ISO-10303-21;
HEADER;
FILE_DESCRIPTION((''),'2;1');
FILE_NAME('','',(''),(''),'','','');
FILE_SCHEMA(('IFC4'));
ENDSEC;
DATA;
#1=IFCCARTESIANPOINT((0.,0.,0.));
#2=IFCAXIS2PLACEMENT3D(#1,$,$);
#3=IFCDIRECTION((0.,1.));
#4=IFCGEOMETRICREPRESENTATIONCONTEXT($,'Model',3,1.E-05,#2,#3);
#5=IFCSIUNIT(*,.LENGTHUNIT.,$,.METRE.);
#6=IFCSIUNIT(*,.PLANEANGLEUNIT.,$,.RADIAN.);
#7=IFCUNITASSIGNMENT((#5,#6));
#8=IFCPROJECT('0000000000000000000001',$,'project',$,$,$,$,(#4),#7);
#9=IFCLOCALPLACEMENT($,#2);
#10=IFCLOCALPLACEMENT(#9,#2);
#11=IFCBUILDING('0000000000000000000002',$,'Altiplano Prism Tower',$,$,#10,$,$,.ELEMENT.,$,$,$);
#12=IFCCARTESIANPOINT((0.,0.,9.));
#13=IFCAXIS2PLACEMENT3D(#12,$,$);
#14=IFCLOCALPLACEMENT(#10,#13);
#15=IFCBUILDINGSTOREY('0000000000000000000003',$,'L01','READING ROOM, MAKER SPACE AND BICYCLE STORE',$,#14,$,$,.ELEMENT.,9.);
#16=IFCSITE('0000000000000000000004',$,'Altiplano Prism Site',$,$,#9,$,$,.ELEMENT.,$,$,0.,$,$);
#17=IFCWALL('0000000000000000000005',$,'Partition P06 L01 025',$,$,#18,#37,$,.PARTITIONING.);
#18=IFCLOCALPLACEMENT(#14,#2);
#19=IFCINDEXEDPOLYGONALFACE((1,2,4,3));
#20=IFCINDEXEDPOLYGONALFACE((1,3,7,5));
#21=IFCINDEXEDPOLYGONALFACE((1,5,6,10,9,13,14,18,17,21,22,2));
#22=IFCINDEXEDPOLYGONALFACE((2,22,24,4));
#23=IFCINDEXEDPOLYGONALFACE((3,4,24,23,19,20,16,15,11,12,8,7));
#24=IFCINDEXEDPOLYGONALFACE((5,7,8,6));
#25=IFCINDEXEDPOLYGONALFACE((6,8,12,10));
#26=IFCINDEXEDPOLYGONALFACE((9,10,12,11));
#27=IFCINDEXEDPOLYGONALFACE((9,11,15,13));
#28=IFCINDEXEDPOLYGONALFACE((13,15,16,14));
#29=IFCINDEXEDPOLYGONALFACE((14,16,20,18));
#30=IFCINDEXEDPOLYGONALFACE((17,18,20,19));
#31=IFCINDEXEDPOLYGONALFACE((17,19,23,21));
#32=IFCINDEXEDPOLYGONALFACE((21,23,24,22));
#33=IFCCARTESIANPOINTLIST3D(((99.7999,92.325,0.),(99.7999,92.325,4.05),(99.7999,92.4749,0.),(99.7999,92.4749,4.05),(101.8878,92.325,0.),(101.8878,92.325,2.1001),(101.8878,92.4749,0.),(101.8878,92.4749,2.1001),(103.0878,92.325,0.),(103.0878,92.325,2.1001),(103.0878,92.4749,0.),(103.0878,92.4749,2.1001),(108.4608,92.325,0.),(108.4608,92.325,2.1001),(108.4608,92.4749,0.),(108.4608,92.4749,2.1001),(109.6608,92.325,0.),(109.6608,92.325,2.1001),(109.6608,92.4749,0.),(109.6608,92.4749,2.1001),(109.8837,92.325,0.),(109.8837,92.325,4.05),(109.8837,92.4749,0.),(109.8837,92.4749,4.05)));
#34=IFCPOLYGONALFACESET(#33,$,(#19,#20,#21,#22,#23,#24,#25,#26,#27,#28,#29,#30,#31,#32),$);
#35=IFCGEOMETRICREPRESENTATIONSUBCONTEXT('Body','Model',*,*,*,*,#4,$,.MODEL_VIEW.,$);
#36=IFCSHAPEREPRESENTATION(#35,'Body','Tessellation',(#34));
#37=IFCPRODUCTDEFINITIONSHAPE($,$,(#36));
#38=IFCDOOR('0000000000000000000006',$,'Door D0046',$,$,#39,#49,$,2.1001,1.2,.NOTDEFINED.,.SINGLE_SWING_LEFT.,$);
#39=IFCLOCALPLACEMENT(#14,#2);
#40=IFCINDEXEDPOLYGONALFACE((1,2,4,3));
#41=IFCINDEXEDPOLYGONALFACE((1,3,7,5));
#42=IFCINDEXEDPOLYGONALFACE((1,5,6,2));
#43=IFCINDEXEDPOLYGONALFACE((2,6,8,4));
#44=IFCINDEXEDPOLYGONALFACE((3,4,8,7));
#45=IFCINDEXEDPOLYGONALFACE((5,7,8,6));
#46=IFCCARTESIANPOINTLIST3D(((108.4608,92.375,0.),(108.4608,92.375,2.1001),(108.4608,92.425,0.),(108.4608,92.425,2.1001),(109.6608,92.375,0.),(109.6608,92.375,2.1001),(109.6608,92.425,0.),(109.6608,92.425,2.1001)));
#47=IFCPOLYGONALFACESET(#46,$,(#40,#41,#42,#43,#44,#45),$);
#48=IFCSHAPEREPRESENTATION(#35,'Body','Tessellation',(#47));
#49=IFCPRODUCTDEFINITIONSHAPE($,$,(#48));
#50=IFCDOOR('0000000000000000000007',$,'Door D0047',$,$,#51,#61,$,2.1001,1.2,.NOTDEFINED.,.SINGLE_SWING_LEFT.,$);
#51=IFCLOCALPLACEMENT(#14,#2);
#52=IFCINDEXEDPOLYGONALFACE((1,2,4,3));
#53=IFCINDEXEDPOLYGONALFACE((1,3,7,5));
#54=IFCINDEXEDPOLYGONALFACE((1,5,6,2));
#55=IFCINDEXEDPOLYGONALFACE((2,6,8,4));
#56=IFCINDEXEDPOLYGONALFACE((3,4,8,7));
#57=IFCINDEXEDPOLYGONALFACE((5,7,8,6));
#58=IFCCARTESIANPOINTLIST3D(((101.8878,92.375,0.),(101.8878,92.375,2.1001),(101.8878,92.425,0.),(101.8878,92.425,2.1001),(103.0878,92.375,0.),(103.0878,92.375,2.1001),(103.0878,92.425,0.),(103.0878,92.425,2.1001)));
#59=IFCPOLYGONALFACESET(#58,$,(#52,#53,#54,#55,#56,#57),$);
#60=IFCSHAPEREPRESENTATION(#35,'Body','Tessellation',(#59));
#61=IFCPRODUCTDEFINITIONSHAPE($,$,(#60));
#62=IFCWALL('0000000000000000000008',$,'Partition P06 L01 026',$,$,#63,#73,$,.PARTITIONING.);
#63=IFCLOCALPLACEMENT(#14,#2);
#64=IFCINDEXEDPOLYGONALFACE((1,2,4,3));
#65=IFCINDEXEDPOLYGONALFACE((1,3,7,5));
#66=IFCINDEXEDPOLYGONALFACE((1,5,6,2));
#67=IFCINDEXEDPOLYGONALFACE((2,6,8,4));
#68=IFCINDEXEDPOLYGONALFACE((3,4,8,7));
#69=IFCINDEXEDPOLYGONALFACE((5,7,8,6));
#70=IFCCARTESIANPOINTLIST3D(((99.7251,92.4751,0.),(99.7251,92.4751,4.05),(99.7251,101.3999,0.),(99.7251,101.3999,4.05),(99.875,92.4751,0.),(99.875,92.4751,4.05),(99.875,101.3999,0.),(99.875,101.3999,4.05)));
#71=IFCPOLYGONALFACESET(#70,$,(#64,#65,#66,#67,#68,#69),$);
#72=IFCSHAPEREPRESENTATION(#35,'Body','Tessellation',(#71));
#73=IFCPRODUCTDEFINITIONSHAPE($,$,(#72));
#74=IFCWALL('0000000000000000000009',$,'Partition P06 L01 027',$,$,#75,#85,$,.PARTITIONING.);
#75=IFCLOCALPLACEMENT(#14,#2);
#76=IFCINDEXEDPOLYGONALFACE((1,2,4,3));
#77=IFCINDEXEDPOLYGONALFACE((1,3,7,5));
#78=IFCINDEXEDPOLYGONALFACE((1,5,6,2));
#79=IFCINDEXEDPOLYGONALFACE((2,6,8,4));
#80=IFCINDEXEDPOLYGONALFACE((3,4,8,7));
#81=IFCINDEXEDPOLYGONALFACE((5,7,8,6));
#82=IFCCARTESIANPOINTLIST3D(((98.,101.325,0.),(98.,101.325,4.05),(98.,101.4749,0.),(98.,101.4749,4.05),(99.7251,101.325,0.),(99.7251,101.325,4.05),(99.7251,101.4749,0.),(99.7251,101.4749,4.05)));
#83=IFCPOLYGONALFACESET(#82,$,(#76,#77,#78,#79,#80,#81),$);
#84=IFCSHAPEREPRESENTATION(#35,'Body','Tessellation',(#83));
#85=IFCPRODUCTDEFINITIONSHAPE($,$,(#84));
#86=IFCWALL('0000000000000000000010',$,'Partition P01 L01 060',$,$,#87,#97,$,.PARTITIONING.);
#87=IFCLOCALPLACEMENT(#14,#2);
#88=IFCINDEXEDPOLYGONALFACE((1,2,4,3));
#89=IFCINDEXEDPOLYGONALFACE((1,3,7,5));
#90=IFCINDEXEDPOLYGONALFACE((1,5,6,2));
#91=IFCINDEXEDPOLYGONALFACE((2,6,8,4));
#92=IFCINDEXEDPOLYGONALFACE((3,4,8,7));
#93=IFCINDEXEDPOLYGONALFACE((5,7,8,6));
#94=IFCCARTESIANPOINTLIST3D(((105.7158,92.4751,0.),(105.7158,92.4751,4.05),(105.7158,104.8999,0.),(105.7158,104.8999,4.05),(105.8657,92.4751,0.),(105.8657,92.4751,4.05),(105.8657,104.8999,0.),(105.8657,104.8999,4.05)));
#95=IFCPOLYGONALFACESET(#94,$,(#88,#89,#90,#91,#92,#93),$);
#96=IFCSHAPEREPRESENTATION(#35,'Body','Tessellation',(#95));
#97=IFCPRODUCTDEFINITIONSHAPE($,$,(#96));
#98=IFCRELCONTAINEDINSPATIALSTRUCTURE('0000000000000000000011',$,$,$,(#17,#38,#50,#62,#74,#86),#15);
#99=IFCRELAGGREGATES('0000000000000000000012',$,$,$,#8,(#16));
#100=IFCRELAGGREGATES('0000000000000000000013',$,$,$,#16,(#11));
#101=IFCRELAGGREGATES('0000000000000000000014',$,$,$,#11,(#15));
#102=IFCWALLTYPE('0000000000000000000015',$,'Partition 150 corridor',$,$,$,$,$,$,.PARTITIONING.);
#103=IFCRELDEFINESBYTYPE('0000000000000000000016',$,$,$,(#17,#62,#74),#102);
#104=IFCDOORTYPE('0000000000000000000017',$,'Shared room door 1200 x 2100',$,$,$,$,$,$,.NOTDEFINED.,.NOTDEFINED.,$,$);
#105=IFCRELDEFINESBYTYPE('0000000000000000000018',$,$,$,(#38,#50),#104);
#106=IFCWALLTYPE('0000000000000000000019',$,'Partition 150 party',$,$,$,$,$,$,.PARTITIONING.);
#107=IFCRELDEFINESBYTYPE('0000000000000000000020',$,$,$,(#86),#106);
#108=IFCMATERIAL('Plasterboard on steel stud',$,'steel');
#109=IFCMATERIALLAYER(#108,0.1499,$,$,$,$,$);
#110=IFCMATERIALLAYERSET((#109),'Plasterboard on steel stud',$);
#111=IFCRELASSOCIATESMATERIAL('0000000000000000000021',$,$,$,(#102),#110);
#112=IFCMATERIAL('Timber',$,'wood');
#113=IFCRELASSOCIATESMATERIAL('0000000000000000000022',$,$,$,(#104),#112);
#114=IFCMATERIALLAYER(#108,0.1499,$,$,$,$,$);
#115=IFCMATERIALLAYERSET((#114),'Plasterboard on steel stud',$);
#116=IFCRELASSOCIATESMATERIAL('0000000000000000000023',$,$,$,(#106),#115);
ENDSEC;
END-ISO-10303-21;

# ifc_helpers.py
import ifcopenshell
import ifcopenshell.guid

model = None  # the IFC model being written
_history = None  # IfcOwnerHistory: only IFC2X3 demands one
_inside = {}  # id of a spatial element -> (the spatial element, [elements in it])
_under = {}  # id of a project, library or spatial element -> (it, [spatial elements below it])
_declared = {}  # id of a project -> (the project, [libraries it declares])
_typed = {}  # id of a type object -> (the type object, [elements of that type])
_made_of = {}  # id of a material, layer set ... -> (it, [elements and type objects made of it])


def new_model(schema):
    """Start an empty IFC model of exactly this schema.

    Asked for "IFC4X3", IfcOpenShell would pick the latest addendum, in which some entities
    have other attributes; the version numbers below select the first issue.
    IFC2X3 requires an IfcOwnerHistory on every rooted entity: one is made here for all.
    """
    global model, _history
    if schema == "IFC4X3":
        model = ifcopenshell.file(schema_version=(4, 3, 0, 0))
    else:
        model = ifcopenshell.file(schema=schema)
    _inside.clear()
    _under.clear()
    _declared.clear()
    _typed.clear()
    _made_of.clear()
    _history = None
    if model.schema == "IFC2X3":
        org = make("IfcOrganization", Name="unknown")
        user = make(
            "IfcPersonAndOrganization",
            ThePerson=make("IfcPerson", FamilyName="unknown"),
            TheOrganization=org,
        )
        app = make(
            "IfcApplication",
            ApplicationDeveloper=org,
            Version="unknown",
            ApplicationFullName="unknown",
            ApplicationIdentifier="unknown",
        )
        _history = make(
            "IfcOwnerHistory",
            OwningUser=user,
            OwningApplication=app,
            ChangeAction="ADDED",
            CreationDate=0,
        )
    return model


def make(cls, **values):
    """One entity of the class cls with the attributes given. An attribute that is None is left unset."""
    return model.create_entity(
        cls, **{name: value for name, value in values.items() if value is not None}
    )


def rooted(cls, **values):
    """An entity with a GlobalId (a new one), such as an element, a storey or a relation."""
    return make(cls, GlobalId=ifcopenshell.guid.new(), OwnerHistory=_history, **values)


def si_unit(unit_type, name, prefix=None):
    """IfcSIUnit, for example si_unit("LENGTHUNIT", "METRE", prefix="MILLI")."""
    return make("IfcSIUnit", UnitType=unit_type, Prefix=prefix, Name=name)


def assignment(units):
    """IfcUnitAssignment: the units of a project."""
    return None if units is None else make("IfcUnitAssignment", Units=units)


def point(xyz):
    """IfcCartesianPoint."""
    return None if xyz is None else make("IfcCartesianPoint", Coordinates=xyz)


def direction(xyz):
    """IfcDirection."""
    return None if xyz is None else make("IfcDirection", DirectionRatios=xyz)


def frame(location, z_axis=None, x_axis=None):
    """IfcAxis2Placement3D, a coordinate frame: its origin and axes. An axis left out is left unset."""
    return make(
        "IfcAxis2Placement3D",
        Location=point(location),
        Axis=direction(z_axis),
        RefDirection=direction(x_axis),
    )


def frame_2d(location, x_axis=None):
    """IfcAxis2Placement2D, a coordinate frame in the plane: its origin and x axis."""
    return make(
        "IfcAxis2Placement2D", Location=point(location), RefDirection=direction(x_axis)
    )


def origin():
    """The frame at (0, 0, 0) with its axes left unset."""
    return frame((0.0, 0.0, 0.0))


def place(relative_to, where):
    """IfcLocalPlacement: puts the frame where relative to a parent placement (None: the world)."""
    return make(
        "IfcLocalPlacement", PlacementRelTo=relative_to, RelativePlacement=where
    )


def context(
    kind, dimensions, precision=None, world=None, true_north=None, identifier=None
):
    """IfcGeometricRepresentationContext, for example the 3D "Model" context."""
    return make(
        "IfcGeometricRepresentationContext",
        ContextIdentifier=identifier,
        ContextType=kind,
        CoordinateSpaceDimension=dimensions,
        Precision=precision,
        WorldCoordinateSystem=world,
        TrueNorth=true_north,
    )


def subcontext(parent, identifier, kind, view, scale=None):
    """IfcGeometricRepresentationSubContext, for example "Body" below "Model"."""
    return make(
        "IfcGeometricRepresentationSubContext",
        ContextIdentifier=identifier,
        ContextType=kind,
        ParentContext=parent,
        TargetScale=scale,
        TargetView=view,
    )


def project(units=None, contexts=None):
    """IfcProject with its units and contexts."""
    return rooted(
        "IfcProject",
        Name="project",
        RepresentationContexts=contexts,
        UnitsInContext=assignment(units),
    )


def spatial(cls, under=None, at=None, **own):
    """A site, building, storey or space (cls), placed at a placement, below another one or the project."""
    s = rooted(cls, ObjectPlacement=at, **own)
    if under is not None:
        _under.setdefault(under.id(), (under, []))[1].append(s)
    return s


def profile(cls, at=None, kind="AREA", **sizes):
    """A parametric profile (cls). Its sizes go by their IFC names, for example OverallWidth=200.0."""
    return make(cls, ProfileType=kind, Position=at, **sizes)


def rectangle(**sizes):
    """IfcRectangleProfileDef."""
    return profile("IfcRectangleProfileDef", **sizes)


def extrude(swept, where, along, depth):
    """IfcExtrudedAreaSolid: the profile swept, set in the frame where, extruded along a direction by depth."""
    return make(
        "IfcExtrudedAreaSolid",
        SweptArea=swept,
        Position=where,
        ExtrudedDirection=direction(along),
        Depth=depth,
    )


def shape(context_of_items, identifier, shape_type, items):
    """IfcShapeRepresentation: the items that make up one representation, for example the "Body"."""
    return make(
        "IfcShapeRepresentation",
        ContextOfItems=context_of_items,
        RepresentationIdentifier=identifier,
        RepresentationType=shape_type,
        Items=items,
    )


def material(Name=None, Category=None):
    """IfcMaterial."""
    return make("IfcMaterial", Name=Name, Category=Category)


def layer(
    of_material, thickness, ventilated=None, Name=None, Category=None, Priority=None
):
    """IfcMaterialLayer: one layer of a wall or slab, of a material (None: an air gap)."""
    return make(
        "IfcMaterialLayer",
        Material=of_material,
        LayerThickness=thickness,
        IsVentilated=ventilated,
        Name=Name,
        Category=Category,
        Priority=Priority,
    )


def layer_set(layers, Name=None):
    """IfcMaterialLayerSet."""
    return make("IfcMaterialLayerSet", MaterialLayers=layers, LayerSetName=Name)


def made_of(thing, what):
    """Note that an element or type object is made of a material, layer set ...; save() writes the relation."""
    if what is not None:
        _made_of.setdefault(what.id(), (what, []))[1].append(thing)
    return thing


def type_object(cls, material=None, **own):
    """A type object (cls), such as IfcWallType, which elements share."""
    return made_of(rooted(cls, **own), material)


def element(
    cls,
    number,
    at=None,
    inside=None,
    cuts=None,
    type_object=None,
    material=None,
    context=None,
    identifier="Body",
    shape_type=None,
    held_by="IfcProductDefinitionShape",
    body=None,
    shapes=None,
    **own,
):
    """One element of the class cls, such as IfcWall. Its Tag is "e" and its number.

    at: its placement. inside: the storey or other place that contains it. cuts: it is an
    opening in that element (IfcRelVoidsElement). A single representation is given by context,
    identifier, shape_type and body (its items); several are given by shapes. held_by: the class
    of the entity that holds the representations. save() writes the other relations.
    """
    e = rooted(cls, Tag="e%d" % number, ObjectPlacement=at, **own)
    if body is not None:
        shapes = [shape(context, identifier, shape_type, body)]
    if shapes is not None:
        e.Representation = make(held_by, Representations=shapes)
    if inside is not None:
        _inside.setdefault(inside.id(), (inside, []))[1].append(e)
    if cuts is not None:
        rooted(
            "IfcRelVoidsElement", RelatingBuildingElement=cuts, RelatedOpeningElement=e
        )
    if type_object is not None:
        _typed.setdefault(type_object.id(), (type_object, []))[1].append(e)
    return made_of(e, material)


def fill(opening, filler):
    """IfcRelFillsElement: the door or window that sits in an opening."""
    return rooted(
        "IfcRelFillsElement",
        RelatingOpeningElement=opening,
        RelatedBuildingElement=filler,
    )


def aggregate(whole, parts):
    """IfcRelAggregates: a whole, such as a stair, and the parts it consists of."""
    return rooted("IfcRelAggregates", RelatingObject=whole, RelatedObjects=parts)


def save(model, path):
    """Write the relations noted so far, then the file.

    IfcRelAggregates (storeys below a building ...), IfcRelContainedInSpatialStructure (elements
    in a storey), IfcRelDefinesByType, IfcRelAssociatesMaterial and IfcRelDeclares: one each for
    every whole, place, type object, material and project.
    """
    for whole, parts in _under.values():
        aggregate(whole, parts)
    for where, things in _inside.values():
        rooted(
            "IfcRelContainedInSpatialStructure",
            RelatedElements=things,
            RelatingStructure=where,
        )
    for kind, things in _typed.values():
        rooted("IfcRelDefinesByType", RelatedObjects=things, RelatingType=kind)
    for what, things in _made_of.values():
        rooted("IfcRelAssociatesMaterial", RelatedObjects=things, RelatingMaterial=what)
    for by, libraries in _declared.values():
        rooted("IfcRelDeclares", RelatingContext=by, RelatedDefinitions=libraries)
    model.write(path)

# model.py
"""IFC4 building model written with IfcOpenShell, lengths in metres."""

from ifc_helpers import new_model, si_unit, direction, frame, frame_2d, origin, place, context, subcontext, project, spatial, rectangle, extrude, material, layer, layer_set, type_object, element, fill, save


model = new_model("IFC4")

# Units and contexts
model_context = context("Model", 3, precision=1e-05, world=origin(), true_north=direction((0.0, 1.0)))
body_context = subcontext(model_context, "Body", "Model", "MODEL_VIEW")
ifc_project = project(units=[si_unit("LENGTHUNIT", "METRE"), si_unit("PLANEANGLEUNIT", "RADIAN")], contexts=[model_context])

# Site, building, storey
site_placement = place(None, origin())
site = spatial("IfcSite", under=ifc_project, at=site_placement, Name="Altiplano Prism Site", CompositionType="ELEMENT", RefElevation=0.0)
building_placement = place(site_placement, origin())
building = spatial("IfcBuilding", under=site, at=building_placement, Name="Altiplano Prism Tower", CompositionType="ELEMENT")
storey_placement = place(building_placement, frame((0.0, 0.0, 9.0)))
storey = spatial("IfcBuildingStorey", under=building, at=storey_placement, Name="L01", Description="READING ROOM, MAKER SPACE AND BICYCLE STORE", CompositionType="ELEMENT", Elevation=9.0)

# Shared definitions
ifc_material_1 = material(Name="Plasterboard on steel stud", Category="steel")
ifc_layer_1 = layer(ifc_material_1, 0.1499)
ifc_layer_set_1 = layer_set([ifc_layer_1], Name="Plasterboard on steel stud")
wall_type_1 = type_object("IfcWallType", Name="Partition 150 corridor", PredefinedType="PARTITIONING", material=ifc_layer_set_1)
ifc_material_2 = material(Name="Timber", Category="wood")
door_type_1 = type_object("IfcDoorType", Name="Shared room door 1200 x 2100", OperationType="NOTDEFINED", PredefinedType="NOTDEFINED", material=ifc_material_2)

# Wall, openings, doors
wall_1_placement = place(storey_placement, frame((109.8838, 92.3999, 0.0), z_axis=(0.0, 0.0, 1.0), x_axis=(-1.0, 0.0, 0.0)))
wall_1 = element("IfcWall", 1, at=wall_1_placement, inside=storey, type_object=wall_type_1, Name="Partition P06 L01 025", PredefinedType="PARTITIONING", context=body_context, shape_type="SweptSolid", body=[
    extrude(rectangle(XDim=10.0837, YDim=0.1499, at=frame_2d((5.042, 0.0))), origin(), (0.0, 0.0, 1.0), 4.05),
])
opening_1_placement = place(wall_1_placement, frame((0.2229, 0.0, 0.0)))
opening_1 = element("IfcOpeningElement", 2, at=opening_1_placement, cuts=wall_1, PredefinedType="OPENING", context=body_context, shape_type="SweptSolid", body=[
    extrude(rectangle(XDim=1.2, YDim=2.1001, at=frame_2d((0.6001, 1.05))), frame((0.0, 0.0854, 0.0), z_axis=(0.0, -1.0, 0.0), x_axis=(1.0, 0.0, 0.0)), (0.0, 0.0, 1.0), 0.1709),
])
opening_2_placement = place(wall_1_placement, frame((6.7959, 0.0, 0.0)))
opening_2 = element("IfcOpeningElement", 3, at=opening_2_placement, cuts=wall_1, PredefinedType="OPENING", context=body_context, shape_type="SweptSolid", body=[
    extrude(rectangle(XDim=1.2, YDim=2.1001, at=frame_2d((0.6001, 1.05))), frame((0.0, 0.0854, 0.0), z_axis=(0.0, -1.0, 0.0), x_axis=(1.0, 0.0, 0.0)), (0.0, 0.0, 1.0), 0.1709),
])
door_1_placement = place(opening_1_placement, origin())
door_1 = element("IfcDoor", 4, at=door_1_placement, inside=storey, type_object=door_type_1, Name="Door D0046", OperationType="SINGLE_SWING_LEFT", OverallHeight=2.1001, OverallWidth=1.2, PredefinedType="NOTDEFINED", context=body_context, shape_type="SweptSolid", body=[
    extrude(rectangle(XDim=1.2, YDim=2.1001, at=frame_2d((0.6001, 1.05))), frame((0.0, 0.0249, 0.0), z_axis=(0.0, -1.0, 0.0), x_axis=(1.0, 0.0, 0.0)), (0.0, 0.0, 1.0), 0.05),
])
fill(opening_1, door_1)
door_2_placement = place(opening_2_placement, origin())
door_2 = element("IfcDoor", 5, at=door_2_placement, inside=storey, type_object=door_type_1, Name="Door D0047", OperationType="SINGLE_SWING_LEFT", OverallHeight=2.1001, OverallWidth=1.2, PredefinedType="NOTDEFINED", context=body_context, shape_type="SweptSolid", body=[
    extrude(rectangle(XDim=1.2, YDim=2.1001, at=frame_2d((0.6001, 1.05))), frame((0.0, 0.0249, 0.0), z_axis=(0.0, -1.0, 0.0), x_axis=(1.0, 0.0, 0.0)), (0.0, 0.0, 1.0), 0.05),
])
fill(opening_2, door_2)

# Walls
wall_2_placement = place(storey_placement, frame((99.8, 92.4751, 0.0), z_axis=(0.0, 0.0, 1.0), x_axis=(0.0, 1.0, 0.0)))
element("IfcWall", 6, at=wall_2_placement, inside=storey, type_object=wall_type_1, Name="Partition P06 L01 026", PredefinedType="PARTITIONING", context=body_context, shape_type="SweptSolid", body=[
    extrude(rectangle(XDim=8.9248, YDim=0.1499, at=frame_2d((4.4624, 0.0))), origin(), (0.0, 0.0, 1.0), 4.05),
])
wall_3_placement = place(storey_placement, frame((99.7251, 101.3999, 0.0), z_axis=(0.0, 0.0, 1.0), x_axis=(-1.0, 0.0, 0.0)))
element("IfcWall", 7, at=wall_3_placement, inside=storey, type_object=wall_type_1, Name="Partition P06 L01 027", PredefinedType="PARTITIONING", context=body_context, shape_type="SweptSolid", body=[
    extrude(rectangle(XDim=1.7251, YDim=0.1499, at=frame_2d((0.8625, 0.0))), origin(), (0.0, 0.0, 1.0), 4.05),
])
ifc_layer_2 = layer(ifc_material_1, 0.1499)
ifc_layer_set_2 = layer_set([ifc_layer_2], Name="Plasterboard on steel stud")
wall_type_2 = type_object("IfcWallType", Name="Partition 150 party", PredefinedType="PARTITIONING", material=ifc_layer_set_2)
wall_4_placement = place(storey_placement, frame((105.7908, 104.8999, 0.0), z_axis=(0.0, 0.0, 1.0), x_axis=(0.0, -1.0, 0.0)))
element("IfcWall", 8, at=wall_4_placement, inside=storey, type_object=wall_type_2, Name="Partition P01 L01 060", PredefinedType="PARTITIONING", context=body_context, shape_type="SweptSolid", body=[
    extrude(rectangle(XDim=12.4248, YDim=0.1499, at=frame_2d((6.2124, 0.0))), origin(), (0.0, 0.0, 1.0), 4.05),
])

save(model, "model.ifc")
